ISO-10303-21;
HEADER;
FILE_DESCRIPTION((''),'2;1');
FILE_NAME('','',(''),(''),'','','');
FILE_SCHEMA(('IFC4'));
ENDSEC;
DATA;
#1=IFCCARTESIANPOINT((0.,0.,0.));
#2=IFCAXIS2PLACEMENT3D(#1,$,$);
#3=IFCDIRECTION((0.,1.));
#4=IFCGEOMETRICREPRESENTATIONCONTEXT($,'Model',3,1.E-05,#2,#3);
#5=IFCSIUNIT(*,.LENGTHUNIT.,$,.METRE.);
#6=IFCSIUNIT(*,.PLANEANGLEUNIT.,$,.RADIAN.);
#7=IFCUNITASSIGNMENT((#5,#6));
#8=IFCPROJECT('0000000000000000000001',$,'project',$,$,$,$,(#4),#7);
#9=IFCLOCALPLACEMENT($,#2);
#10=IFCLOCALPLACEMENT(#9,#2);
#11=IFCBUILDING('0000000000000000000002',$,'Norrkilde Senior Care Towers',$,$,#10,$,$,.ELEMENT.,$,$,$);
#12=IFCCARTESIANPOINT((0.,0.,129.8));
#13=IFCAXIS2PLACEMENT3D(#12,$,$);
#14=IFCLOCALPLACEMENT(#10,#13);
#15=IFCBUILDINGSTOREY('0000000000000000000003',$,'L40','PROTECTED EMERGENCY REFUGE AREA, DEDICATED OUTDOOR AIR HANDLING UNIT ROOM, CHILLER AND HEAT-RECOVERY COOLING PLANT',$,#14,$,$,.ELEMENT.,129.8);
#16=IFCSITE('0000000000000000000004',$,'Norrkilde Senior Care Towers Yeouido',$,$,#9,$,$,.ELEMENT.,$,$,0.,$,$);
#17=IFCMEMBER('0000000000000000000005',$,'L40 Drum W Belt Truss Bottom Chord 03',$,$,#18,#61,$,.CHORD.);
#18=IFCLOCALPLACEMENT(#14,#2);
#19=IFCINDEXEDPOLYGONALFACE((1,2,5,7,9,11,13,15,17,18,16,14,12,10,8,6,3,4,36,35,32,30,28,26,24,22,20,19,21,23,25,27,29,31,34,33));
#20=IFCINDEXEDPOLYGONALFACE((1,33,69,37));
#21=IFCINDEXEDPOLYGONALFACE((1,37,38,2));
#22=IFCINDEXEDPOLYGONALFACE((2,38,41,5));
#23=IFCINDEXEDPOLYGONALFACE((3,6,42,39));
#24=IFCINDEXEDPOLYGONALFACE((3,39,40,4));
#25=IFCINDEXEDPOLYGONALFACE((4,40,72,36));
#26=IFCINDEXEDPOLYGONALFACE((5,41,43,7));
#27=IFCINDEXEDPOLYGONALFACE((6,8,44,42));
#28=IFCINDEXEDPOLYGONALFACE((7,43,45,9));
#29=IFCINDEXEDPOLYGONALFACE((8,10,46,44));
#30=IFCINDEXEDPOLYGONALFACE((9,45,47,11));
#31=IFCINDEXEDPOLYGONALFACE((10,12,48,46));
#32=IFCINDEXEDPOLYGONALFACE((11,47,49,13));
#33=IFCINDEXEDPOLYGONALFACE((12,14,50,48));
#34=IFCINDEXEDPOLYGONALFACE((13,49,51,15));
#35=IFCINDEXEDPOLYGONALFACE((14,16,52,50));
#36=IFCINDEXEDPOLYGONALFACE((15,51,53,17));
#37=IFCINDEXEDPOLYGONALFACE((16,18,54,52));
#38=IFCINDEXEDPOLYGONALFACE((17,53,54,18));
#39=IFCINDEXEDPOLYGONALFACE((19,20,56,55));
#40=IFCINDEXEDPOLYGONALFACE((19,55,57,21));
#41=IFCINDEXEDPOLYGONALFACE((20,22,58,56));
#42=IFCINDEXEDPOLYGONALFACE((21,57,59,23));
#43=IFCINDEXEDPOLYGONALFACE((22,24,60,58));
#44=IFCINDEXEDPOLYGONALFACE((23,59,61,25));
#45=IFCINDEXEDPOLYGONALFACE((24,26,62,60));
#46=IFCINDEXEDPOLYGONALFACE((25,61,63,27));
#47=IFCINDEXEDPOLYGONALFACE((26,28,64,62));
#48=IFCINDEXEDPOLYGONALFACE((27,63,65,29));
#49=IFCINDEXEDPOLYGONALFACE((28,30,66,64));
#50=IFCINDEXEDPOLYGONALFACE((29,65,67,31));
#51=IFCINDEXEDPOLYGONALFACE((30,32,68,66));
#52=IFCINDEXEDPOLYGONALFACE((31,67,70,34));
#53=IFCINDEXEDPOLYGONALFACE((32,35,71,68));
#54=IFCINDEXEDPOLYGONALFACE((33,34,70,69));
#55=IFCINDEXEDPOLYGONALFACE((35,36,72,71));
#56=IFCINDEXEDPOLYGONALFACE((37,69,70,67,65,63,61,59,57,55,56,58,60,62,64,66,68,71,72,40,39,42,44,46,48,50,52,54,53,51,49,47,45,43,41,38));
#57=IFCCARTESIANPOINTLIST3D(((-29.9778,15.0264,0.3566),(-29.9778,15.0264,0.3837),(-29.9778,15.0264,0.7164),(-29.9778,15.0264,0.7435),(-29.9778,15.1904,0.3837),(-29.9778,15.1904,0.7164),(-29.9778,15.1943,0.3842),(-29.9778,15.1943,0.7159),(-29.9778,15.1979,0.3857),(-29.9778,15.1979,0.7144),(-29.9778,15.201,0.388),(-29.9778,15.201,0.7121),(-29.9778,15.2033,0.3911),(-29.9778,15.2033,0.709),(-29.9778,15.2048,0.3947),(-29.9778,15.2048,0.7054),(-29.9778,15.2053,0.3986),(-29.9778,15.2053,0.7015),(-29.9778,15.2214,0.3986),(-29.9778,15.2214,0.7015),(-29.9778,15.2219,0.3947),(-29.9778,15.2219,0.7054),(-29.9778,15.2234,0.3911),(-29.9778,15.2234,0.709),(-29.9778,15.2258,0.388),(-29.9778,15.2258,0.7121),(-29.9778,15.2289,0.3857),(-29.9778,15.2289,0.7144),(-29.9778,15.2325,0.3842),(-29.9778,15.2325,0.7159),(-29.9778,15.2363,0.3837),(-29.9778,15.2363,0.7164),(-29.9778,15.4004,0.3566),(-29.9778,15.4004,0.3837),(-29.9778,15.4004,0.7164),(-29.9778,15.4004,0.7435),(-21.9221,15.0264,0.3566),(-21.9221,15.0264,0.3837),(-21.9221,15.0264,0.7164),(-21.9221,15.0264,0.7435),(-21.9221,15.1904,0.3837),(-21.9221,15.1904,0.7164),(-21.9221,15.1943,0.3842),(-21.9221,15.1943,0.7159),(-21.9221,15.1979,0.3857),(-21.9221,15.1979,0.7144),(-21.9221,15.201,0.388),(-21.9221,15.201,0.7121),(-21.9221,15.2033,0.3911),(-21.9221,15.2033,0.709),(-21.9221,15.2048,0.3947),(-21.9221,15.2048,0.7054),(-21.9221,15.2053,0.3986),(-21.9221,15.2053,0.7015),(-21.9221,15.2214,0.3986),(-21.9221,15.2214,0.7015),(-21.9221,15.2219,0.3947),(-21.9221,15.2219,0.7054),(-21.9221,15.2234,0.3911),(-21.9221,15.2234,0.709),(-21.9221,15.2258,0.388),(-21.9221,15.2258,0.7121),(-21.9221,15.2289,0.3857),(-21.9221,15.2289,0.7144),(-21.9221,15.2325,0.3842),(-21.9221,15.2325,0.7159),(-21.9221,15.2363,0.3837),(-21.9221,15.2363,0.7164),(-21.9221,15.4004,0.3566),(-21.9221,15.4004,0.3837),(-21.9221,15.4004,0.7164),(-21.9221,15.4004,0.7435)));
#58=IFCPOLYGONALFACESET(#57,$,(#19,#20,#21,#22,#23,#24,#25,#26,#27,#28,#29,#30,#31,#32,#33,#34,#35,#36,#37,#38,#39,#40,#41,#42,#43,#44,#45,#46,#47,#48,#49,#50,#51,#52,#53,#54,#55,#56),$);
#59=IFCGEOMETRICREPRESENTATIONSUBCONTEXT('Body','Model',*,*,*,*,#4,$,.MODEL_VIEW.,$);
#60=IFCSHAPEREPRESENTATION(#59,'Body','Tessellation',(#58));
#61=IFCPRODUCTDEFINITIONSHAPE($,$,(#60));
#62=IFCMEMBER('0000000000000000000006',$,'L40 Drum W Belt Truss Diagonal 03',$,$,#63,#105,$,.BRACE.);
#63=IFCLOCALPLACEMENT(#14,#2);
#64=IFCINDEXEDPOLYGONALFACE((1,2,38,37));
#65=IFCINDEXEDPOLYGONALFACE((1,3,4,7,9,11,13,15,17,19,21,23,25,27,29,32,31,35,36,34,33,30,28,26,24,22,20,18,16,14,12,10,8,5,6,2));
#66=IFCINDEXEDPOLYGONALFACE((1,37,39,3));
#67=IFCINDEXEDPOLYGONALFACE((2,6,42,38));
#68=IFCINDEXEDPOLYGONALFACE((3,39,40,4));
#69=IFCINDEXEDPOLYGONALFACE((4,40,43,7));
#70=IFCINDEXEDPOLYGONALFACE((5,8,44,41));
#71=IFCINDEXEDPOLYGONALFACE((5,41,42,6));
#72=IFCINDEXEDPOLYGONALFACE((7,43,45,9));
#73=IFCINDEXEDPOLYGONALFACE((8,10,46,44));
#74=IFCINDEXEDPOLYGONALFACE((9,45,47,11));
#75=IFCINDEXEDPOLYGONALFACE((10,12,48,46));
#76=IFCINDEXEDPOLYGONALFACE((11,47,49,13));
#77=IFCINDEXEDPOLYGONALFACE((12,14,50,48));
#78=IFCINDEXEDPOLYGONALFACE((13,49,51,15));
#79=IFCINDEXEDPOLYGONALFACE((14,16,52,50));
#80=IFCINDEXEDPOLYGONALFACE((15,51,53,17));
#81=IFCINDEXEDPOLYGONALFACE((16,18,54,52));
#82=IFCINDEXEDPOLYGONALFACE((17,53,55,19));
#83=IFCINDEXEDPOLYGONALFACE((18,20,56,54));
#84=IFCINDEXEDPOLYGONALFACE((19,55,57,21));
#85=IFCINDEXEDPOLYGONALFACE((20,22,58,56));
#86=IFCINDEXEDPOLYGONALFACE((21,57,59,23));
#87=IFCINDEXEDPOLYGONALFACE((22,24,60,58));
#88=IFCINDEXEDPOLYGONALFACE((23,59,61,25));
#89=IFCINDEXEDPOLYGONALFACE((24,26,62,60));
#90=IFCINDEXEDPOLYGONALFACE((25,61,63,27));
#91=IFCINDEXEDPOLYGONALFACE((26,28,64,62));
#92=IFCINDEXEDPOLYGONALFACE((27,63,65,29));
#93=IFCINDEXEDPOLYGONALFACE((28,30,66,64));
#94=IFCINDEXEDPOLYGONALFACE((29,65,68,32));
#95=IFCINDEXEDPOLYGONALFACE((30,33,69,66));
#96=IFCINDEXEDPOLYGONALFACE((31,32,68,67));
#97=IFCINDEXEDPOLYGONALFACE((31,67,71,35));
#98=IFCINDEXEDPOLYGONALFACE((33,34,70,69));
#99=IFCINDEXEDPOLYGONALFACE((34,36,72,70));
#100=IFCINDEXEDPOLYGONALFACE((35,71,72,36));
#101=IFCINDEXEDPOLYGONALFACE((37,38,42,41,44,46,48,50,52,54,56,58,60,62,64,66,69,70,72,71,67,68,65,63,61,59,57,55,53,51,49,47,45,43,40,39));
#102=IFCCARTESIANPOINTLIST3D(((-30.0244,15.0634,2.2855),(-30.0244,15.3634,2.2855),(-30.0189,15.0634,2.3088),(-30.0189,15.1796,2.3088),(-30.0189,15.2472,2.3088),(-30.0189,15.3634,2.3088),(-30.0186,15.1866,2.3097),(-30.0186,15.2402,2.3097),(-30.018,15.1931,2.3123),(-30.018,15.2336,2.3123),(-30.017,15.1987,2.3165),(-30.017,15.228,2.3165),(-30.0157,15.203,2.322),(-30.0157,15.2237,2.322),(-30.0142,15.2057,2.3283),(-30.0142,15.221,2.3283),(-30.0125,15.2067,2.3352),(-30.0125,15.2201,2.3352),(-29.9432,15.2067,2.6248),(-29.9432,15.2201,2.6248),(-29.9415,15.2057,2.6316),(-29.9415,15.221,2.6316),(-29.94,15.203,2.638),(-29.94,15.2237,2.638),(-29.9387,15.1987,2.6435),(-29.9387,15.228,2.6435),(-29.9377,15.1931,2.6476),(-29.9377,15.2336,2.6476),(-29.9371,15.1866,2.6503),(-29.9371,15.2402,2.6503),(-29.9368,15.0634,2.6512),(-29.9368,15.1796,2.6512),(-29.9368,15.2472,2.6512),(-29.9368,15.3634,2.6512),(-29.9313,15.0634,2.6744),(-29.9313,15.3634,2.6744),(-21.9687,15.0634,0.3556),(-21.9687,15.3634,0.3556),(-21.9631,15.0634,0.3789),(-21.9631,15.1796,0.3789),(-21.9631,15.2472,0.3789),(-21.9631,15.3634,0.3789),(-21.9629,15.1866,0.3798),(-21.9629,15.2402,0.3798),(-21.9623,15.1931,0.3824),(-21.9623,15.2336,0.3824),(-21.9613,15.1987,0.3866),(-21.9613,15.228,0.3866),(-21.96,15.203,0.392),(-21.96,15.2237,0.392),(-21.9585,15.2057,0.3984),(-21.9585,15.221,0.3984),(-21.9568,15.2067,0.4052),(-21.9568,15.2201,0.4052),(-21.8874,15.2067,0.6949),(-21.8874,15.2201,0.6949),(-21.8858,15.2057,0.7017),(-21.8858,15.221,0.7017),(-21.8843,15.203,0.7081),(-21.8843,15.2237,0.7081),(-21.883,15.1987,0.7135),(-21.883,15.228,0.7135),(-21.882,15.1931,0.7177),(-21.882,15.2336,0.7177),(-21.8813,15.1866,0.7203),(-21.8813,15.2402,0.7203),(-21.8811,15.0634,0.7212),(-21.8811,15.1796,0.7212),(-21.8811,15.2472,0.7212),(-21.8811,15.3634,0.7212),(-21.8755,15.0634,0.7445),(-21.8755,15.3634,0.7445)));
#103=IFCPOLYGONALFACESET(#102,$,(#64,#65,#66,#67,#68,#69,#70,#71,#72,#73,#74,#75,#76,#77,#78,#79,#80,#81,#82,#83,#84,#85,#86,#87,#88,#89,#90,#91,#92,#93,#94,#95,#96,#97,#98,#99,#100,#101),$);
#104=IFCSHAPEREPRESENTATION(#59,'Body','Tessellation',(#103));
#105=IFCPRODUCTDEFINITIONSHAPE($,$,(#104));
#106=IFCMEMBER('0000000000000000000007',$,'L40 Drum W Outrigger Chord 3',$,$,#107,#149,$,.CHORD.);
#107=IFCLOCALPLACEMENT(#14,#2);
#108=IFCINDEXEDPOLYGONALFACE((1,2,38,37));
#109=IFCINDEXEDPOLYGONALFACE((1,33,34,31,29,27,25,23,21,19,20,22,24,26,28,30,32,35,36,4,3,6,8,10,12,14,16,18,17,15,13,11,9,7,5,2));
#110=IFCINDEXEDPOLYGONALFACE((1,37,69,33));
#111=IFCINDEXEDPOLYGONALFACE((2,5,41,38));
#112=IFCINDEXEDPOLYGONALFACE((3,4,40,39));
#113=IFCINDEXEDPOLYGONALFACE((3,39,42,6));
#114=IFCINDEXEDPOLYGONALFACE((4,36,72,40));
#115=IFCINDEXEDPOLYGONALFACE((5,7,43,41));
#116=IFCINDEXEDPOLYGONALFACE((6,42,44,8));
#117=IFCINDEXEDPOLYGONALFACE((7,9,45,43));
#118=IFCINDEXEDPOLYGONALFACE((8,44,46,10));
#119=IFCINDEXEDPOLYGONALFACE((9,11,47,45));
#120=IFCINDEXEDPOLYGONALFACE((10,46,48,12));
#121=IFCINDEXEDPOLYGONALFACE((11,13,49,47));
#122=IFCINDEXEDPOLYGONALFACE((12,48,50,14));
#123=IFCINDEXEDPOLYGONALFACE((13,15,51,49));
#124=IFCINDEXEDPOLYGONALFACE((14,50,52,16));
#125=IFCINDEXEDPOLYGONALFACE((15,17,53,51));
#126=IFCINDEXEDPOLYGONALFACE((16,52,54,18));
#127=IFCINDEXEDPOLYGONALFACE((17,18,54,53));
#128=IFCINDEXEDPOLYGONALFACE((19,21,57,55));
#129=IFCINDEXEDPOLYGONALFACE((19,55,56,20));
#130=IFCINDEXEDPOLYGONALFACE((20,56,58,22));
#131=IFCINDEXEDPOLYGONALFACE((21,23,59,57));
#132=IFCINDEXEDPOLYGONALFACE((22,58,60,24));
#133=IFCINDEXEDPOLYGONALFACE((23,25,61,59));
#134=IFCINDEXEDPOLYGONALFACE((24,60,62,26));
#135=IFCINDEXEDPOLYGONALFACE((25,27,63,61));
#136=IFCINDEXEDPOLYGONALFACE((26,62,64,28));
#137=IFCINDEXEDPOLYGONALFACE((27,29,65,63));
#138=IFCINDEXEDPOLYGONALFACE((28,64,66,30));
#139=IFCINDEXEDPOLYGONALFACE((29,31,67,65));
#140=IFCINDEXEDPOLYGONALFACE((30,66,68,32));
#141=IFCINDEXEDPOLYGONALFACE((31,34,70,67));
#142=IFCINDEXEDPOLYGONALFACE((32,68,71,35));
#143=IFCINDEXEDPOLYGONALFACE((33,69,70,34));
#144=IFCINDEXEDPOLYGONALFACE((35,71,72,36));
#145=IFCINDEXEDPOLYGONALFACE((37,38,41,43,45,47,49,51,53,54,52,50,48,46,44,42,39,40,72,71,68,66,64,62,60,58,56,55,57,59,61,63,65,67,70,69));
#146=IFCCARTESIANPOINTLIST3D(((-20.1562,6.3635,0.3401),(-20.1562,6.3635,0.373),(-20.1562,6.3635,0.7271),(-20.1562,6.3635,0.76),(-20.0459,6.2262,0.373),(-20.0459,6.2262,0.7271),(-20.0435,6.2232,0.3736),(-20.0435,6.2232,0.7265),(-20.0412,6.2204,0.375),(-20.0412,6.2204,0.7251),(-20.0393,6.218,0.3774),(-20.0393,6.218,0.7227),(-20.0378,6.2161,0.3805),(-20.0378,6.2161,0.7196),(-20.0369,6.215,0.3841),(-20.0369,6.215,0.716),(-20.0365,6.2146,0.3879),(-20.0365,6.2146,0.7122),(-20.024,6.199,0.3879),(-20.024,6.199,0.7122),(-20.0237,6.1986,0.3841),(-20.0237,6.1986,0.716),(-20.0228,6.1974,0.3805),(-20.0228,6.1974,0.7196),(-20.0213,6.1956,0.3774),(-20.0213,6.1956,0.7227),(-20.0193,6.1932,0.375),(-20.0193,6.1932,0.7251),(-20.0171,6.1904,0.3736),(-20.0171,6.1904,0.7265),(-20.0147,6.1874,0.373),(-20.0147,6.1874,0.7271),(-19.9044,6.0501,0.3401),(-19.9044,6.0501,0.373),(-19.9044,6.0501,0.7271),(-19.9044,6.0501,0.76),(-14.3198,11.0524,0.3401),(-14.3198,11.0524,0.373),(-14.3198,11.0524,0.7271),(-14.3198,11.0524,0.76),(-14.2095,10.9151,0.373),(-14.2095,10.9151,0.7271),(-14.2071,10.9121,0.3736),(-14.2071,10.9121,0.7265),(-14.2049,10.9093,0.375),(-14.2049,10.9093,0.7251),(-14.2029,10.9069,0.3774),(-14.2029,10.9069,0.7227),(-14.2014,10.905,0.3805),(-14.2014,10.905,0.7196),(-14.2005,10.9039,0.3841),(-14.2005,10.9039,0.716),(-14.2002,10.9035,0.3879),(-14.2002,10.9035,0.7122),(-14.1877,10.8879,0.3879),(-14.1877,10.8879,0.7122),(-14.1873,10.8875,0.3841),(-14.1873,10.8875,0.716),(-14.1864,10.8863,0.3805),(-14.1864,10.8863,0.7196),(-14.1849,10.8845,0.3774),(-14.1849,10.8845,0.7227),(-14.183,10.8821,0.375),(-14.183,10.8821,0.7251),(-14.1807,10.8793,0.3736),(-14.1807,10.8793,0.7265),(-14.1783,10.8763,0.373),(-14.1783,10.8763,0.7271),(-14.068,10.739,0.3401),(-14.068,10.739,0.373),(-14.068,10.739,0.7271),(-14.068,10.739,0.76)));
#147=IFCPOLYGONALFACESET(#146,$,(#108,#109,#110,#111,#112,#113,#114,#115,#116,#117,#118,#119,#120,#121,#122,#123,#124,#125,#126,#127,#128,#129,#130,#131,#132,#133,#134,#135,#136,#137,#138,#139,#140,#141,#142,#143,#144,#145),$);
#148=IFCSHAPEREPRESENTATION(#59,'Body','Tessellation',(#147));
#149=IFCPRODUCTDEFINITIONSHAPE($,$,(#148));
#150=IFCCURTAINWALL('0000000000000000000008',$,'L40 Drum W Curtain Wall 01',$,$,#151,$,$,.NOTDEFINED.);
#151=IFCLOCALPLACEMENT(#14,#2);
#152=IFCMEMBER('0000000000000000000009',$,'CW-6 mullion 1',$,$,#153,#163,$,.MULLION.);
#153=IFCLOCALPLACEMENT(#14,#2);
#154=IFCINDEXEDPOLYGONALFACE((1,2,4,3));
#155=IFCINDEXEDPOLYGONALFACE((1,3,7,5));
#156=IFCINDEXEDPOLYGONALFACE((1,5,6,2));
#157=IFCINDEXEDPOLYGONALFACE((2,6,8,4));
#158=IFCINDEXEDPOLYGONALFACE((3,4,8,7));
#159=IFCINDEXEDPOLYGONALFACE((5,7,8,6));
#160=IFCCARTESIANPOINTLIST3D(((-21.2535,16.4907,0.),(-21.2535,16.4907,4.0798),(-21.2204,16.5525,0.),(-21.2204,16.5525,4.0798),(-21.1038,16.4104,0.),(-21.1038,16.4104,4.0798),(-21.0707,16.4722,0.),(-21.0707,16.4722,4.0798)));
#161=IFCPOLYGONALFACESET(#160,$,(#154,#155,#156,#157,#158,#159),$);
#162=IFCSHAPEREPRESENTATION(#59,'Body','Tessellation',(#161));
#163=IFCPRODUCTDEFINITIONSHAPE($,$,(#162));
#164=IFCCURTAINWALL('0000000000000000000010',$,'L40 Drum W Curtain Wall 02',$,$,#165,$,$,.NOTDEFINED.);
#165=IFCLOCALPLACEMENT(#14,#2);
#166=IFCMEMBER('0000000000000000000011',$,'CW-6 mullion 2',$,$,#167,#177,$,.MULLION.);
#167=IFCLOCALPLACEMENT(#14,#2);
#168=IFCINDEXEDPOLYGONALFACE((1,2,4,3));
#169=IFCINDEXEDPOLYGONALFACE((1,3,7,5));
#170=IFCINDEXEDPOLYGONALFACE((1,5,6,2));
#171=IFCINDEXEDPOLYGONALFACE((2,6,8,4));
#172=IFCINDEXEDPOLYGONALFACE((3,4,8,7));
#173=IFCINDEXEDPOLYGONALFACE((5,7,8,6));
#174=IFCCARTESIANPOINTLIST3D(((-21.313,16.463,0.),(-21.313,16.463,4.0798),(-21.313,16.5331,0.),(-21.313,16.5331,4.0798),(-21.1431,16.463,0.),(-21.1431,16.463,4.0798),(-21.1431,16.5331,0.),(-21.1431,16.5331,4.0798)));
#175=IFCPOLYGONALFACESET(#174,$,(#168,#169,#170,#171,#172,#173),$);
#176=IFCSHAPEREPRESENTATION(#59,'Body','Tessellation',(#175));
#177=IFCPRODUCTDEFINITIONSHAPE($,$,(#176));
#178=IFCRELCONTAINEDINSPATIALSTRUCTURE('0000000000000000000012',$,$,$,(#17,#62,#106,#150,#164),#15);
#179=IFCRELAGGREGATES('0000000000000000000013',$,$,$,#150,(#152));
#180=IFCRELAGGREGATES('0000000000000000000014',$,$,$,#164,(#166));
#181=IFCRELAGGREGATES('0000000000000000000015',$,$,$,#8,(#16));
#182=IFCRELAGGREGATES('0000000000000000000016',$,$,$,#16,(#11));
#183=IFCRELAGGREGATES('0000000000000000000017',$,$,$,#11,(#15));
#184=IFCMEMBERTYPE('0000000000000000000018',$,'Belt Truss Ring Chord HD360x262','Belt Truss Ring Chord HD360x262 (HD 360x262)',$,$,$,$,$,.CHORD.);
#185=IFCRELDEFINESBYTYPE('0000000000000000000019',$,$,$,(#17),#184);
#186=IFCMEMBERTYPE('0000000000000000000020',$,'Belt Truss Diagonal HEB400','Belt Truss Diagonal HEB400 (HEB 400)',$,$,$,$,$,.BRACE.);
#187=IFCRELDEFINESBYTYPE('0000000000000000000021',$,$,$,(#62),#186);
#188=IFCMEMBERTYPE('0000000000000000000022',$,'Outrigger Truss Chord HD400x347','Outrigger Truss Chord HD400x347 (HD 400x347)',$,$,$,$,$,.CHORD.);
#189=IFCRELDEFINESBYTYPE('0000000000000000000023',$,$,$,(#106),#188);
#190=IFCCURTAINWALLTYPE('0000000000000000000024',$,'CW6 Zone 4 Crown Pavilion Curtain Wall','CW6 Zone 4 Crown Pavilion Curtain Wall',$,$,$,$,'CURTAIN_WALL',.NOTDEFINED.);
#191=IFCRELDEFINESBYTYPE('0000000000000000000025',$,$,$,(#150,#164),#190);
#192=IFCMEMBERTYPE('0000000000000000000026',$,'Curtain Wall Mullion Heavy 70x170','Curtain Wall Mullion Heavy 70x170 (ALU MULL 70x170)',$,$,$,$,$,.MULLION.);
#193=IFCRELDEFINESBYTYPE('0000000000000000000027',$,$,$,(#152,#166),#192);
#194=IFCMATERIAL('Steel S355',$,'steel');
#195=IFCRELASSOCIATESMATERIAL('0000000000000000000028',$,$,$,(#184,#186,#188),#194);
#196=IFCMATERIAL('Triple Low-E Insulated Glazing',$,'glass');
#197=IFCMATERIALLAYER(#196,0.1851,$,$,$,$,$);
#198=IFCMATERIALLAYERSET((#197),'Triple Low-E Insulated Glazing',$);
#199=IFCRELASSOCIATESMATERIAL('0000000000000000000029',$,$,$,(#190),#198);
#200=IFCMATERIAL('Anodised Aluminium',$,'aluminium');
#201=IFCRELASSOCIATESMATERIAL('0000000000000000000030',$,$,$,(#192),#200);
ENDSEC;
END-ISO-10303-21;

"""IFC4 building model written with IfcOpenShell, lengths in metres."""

from ifc_helpers import new_model, si_unit, direction, frame, origin, origin_2d, place, context, subcontext, project, spatial, rectangle, i_section, extrude, source, transform, mapped, material, layer, layer_set, material_profile, profile_set, type_object, type_shapes, element, aggregate, save


model = new_model("IFC4")

# Units and contexts
model_context = context("Model", 3, precision=1e-05, world=origin(), true_north=direction((0.0, 1.0)))
body_context = subcontext(model_context, "Body", "Model", "MODEL_VIEW")
ifc_project = project(units=[si_unit("LENGTHUNIT", "METRE"), si_unit("PLANEANGLEUNIT", "RADIAN")], contexts=[model_context])

# Site, building, storey
site_placement = place(None, origin())
site = spatial("IfcSite", under=ifc_project, at=site_placement, Name="Norrkilde Senior Care Towers Yeouido", CompositionType="ELEMENT", RefElevation=0.0)
building_placement = place(site_placement, origin())
building = spatial("IfcBuilding", under=site, at=building_placement, Name="Norrkilde Senior Care Towers", CompositionType="ELEMENT")
storey_placement = place(building_placement, frame((0.0, 0.0, 129.8)))
storey = spatial("IfcBuildingStorey", under=building, at=storey_placement, Name="L40", Description="PROTECTED EMERGENCY REFUGE AREA, DEDICATED OUTDOOR AIR HANDLING UNIT ROOM, CHILLER AND HEAT-RECOVERY COOLING PLANT", CompositionType="ELEMENT", Elevation=129.8)

# Shared definitions
ifc_material_1 = material(Name="Steel S355", Category="steel")

# Members
ifc_material_profile_1 = material_profile(ifc_material_1, i_section(OverallWidth=0.374, OverallDepth=0.387, WebThickness=0.0161, FlangeThickness=0.0271, FilletRadius=0.0149, at=origin_2d()), Name="HD 360x262")
ifc_profile_set_1 = profile_set([ifc_material_profile_1], Name="Steel S355")
member_type_1 = type_object("IfcMemberType", Name="Belt Truss Ring Chord HD360x262", Description="Belt Truss Ring Chord HD360x262 (HD 360x262)", PredefinedType="CHORD", material=ifc_profile_set_1)
shared_shape_1 = source(origin(), body_context, "Body", "SweptSolid", [
    extrude(i_section(OverallWidth=0.374, OverallDepth=0.387, WebThickness=0.0161, FlangeThickness=0.0271, FilletRadius=0.0149, at=origin_2d()), origin(), (0.0, 0.0, 1.0), 8.0557),
])
type_shapes(member_type_1, [shared_shape_1])
member_1_placement = place(storey_placement, frame((-21.9221, 15.2134, 0.55), z_axis=(-1.0, 0.0, 0.0), x_axis=(0.0, -1.0, 0.0)))
element("IfcMember", 1, at=member_1_placement, inside=storey, type_object=member_type_1, Name="L40 Drum W Belt Truss Bottom Chord 03", PredefinedType="CHORD", context=body_context, shape_type="MappedRepresentation", body=[
    mapped(shared_shape_1, transform((0.0, 0.0, 0.0), x_axis=(1.0, 0.0, 0.0), y_axis=(0.0, 1.0, 0.0), z_axis=(0.0, 0.0, 1.0), scale=1.0)),
])
ifc_material_profile_2 = material_profile(ifc_material_1, i_section(OverallWidth=0.3, OverallDepth=0.3999, WebThickness=0.0134, FlangeThickness=0.0239, FilletRadius=0.0271, at=origin_2d()), Name="HEB 400")
ifc_profile_set_2 = profile_set([ifc_material_profile_2], Name="Steel S355")
member_type_2 = type_object("IfcMemberType", Name="Belt Truss Diagonal HEB400", Description="Belt Truss Diagonal HEB400 (HEB 400)", PredefinedType="BRACE", material=ifc_profile_set_2)
shared_shape_2 = source(origin(), body_context, "Body", "SweptSolid", [
    extrude(i_section(OverallWidth=0.3, OverallDepth=0.3999, WebThickness=0.0134, FlangeThickness=0.0239, FilletRadius=0.0271, at=origin_2d()), origin(), (0.0, 0.0, 1.0), 8.2837),
])
type_shapes(member_type_2, [shared_shape_2])
member_2_placement = place(storey_placement, frame((-21.9221, 15.2134, 0.55), z_axis=(-0.972481, 0.0, 0.232982), x_axis=(0.0, -1.0, 0.0)))
element("IfcMember", 2, at=member_2_placement, inside=storey, type_object=member_type_2, Name="L40 Drum W Belt Truss Diagonal 03", PredefinedType="BRACE", context=body_context, shape_type="MappedRepresentation", body=[
    mapped(shared_shape_2, transform((0.0, 0.0, 0.0), x_axis=(1.0, 0.0, 0.0), y_axis=(0.0, 1.0, 0.0), z_axis=(0.0, 0.0, 1.0), scale=1.0)),
])
ifc_material_profile_3 = material_profile(ifc_material_1, i_section(OverallWidth=0.4021, OverallDepth=0.4199, WebThickness=0.02, FlangeThickness=0.033, FilletRadius=0.0149, at=origin_2d()), Name="HD 400x347")
ifc_profile_set_3 = profile_set([ifc_material_profile_3], Name="Steel S355")
member_type_3 = type_object("IfcMemberType", Name="Outrigger Truss Chord HD400x347", Description="Outrigger Truss Chord HD400x347 (HD 400x347)", PredefinedType="CHORD", material=ifc_profile_set_3)
shared_shape_3 = source(origin(), body_context, "Body", "SweptSolid", [
    extrude(i_section(OverallWidth=0.4021, OverallDepth=0.4199, WebThickness=0.02, FlangeThickness=0.033, FilletRadius=0.0149, at=origin_2d()), origin(), (0.0, 0.0, 1.0), 7.4866),
])
type_shapes(member_type_3, [shared_shape_3])
member_3_placement = place(storey_placement, frame((-20.0303, 6.2068, 0.55), z_axis=(0.779575, 0.626308, 0.0), x_axis=(-0.626308, 0.779575, 0.0)))
element("IfcMember", 3, at=member_3_placement, inside=storey, type_object=member_type_3, Name="L40 Drum W Outrigger Chord 3", PredefinedType="CHORD", context=body_context, shape_type="MappedRepresentation", body=[
    mapped(shared_shape_3, transform((0.0, 0.0, 0.0), x_axis=(1.0, 0.0, 0.0), y_axis=(0.0, 1.0, 0.0), z_axis=(0.0, 0.0, 1.0), scale=1.0)),
])

# Curtain walls, members
ifc_material_2 = material(Name="Triple Low-E Insulated Glazing", Category="glass")
ifc_layer_1 = layer(ifc_material_2, 0.1851)
ifc_layer_set_1 = layer_set([ifc_layer_1], Name="Triple Low-E Insulated Glazing")
curtain_wall_type = type_object("IfcCurtainWallType", Name="CW6 Zone 4 Crown Pavilion Curtain Wall", Description="CW6 Zone 4 Crown Pavilion Curtain Wall", ElementType="CURTAIN_WALL", PredefinedType="NOTDEFINED", material=ifc_layer_set_1)
curtain_wall_1_placement = place(storey_placement, origin())
curtain_wall_1 = element("IfcCurtainWall", 4, at=curtain_wall_1_placement, inside=storey, type_object=curtain_wall_type, Name="L40 Drum W Curtain Wall 01", PredefinedType="NOTDEFINED")
ifc_material_3 = material(Name="Anodised Aluminium", Category="aluminium")
ifc_material_profile_4 = material_profile(ifc_material_3, rectangle(XDim=0.0701, YDim=0.1699, at=origin_2d()), Name="ALU MULL 70x170")
ifc_profile_set_4 = profile_set([ifc_material_profile_4], Name="Anodised Aluminium")
member_type_4 = type_object("IfcMemberType", Name="Curtain Wall Mullion Heavy 70x170", Description="Curtain Wall Mullion Heavy 70x170 (ALU MULL 70x170)", PredefinedType="MULLION", material=ifc_profile_set_4)
shared_shape_4 = source(origin(), body_context, "Body", "SweptSolid", [
    extrude(rectangle(XDim=0.0701, YDim=0.1699, at=origin_2d()), origin(), (0.0, 0.0, 1.0), 4.0798),
])
type_shapes(member_type_4, [shared_shape_4])
member_4_placement = place(storey_placement, frame((-21.1621, 16.4814, 0.0), z_axis=(0.0, 0.0, 1.0), x_axis=(0.472769, 0.881186, 0.0)))
member_4 = element("IfcMember", 5, at=member_4_placement, type_object=member_type_4, Name="CW-6 mullion 1", PredefinedType="MULLION", context=body_context, shape_type="MappedRepresentation", body=[
    mapped(shared_shape_4, transform((0.0, 0.0, 0.0), x_axis=(1.0, 0.0, 0.0), y_axis=(0.0, 1.0, 0.0), z_axis=(0.0, 0.0, 1.0), scale=1.0)),
])
curtain_wall_2_placement = place(storey_placement, origin())
curtain_wall_2 = element("IfcCurtainWall", 6, at=curtain_wall_2_placement, inside=storey, type_object=curtain_wall_type, Name="L40 Drum W Curtain Wall 02", PredefinedType="NOTDEFINED")
member_5_placement = place(storey_placement, frame((-21.228, 16.498, 0.0), z_axis=(0.0, 0.0, 1.0), x_axis=(0.0, 1.0, 0.0)))
member_5 = element("IfcMember", 7, at=member_5_placement, type_object=member_type_4, Name="CW-6 mullion 2", PredefinedType="MULLION", context=body_context, shape_type="MappedRepresentation", body=[
    mapped(shared_shape_4, transform((0.0, 0.0, 0.0), x_axis=(1.0, 0.0, 0.0), y_axis=(0.0, 1.0, 0.0), z_axis=(0.0, 0.0, 1.0), scale=1.0)),
])

aggregate(curtain_wall_1, [member_4])

aggregate(curtain_wall_2, [member_5])

save(model, "model.ifc")
